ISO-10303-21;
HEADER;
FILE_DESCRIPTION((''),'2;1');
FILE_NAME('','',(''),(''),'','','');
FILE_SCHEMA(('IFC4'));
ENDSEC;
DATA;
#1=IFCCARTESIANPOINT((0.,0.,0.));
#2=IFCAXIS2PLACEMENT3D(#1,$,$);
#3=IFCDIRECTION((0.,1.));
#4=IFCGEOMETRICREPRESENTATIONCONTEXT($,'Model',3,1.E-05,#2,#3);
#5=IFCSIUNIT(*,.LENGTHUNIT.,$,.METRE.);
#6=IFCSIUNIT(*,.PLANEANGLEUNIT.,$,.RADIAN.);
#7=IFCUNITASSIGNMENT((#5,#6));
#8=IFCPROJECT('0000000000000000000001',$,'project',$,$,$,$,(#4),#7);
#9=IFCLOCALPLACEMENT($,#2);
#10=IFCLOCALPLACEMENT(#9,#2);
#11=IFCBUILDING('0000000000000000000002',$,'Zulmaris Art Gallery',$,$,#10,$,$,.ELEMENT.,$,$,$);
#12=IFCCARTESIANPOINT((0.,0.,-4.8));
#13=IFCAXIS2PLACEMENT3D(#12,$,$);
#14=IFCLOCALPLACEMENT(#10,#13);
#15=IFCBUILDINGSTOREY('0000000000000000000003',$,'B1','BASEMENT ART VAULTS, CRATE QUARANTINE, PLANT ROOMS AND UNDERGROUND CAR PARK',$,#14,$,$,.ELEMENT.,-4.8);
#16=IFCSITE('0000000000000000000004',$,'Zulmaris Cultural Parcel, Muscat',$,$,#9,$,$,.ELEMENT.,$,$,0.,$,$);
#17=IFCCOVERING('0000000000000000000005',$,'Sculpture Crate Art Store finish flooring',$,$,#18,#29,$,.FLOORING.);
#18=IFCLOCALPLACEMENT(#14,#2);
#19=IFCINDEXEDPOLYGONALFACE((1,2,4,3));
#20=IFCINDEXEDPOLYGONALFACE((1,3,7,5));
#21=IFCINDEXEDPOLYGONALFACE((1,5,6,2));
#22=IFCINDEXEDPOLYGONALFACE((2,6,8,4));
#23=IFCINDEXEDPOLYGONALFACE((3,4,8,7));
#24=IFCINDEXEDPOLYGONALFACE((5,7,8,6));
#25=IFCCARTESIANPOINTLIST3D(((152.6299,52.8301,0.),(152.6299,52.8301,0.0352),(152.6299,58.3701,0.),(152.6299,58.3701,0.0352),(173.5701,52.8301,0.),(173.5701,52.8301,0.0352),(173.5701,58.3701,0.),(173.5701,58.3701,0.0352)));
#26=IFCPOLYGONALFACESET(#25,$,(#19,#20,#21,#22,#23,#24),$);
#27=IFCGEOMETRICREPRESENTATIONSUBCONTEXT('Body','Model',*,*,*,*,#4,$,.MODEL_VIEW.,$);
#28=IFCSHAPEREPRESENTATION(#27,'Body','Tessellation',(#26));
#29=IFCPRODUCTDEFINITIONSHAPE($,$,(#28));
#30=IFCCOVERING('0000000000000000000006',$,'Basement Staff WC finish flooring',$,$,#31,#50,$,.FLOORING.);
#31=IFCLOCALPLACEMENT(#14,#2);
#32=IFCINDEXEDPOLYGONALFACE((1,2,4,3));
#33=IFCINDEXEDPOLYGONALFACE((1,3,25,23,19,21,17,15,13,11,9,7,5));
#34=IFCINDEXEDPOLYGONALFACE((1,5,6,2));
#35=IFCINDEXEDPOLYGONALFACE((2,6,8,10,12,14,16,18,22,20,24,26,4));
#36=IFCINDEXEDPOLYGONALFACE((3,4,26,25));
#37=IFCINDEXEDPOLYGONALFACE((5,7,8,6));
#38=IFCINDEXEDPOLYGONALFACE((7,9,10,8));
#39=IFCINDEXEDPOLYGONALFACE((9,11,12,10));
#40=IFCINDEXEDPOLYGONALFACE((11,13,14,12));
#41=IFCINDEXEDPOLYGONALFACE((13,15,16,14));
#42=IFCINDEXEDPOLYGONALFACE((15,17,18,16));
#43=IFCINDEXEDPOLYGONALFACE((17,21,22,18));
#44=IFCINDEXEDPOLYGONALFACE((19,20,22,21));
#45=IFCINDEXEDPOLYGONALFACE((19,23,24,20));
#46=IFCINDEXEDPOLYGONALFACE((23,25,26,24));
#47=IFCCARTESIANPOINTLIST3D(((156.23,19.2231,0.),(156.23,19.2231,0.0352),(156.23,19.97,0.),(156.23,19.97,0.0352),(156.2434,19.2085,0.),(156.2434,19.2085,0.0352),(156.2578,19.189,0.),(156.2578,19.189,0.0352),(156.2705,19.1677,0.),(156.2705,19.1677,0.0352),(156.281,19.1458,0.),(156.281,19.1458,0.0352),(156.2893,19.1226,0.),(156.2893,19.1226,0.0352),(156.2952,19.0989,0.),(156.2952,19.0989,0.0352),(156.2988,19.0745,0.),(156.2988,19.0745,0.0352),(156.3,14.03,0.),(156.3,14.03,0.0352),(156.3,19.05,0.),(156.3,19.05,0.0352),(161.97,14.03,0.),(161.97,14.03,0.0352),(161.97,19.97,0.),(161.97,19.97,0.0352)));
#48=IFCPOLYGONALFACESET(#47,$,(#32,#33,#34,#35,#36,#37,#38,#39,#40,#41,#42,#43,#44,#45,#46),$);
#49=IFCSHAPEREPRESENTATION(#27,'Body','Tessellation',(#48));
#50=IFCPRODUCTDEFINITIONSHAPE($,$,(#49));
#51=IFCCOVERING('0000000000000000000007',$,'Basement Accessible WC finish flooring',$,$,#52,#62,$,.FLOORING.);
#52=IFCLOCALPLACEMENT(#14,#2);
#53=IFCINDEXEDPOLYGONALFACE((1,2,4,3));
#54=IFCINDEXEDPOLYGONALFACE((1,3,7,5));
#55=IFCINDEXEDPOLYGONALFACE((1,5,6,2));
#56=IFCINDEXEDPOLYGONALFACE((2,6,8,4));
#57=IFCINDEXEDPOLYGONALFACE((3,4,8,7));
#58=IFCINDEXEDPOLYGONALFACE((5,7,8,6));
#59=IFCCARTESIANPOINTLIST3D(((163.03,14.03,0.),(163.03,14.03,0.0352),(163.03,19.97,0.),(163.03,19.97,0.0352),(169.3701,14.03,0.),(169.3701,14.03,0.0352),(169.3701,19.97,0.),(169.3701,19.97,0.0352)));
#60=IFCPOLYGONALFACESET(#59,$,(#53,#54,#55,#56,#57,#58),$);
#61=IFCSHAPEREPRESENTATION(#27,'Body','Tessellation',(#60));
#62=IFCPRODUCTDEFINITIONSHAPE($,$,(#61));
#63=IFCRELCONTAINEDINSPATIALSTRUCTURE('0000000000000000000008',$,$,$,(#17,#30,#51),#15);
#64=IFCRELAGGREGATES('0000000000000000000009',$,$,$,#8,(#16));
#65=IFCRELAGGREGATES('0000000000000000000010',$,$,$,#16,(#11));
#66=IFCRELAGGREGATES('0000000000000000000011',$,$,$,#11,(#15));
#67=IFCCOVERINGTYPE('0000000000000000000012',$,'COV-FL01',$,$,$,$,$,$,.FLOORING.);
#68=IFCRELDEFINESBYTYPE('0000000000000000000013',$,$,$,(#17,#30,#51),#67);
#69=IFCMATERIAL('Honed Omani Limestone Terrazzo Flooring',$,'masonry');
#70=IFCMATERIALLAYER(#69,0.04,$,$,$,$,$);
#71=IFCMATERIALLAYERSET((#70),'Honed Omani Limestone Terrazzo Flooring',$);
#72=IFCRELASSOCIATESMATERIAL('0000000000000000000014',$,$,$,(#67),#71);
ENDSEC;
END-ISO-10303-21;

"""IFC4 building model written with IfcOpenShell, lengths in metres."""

from ifc_helpers import new_model, si_unit, direction, frame, origin, place, context, subcontext, project, spatial, polyline, outline, extrude, material, layer, layer_set, type_object, element, save


model = new_model("IFC4")

# Units and contexts
model_context = context("Model", 3, precision=1e-05, world=origin(), true_north=direction((0.0, 1.0)))
body_context = subcontext(model_context, "Body", "Model", "MODEL_VIEW")
ifc_project = project(units=[si_unit("LENGTHUNIT", "METRE"), si_unit("PLANEANGLEUNIT", "RADIAN")], contexts=[model_context])

# Site, building, storey
site_placement = place(None, origin())
site = spatial("IfcSite", under=ifc_project, at=site_placement, Name="Zulmaris Cultural Parcel, Muscat", CompositionType="ELEMENT", RefElevation=0.0)
building_placement = place(site_placement, origin())
building = spatial("IfcBuilding", under=site, at=building_placement, Name="Zulmaris Art Gallery", CompositionType="ELEMENT")
storey_placement = place(building_placement, frame((0.0, 0.0, -4.8)))
storey = spatial("IfcBuildingStorey", under=building, at=storey_placement, Name="B1", Description="BASEMENT ART VAULTS, CRATE QUARANTINE, PLANT ROOMS AND UNDERGROUND CAR PARK", CompositionType="ELEMENT", Elevation=-4.8)

# Coverings
ifc_material_1 = material(Name="Honed Omani Limestone Terrazzo Flooring", Category="masonry")
ifc_layer_1 = layer(ifc_material_1, 0.04)
ifc_layer_set_1 = layer_set([ifc_layer_1], Name="Honed Omani Limestone Terrazzo Flooring")
covering_type_1 = type_object("IfcCoveringType", Name="COV-FL01", PredefinedType="FLOORING", material=ifc_layer_set_1)
covering_1_placement = place(storey_placement, origin())
element("IfcCovering", 1, at=covering_1_placement, inside=storey, type_object=covering_type_1, Name="Sculpture Crate Art Store finish flooring", PredefinedType="FLOORING", context=body_context, shape_type="SweptSolid", body=[
    extrude(outline(polyline([(173.5701, 52.8301), (152.6299, 52.8301), (152.6299, 58.3701), (173.5701, 58.3701), (173.5701, 52.8301)])), origin(), (0.0, 0.0, 1.0), 0.0352),
])
covering_2_placement = place(storey_placement, origin())
element("IfcCovering", 2, at=covering_2_placement, inside=storey, type_object=covering_type_1, Name="Basement Staff WC finish flooring", PredefinedType="FLOORING", context=body_context, shape_type="SweptSolid", body=[
    extrude(outline(polyline([(156.23, 19.97), (161.97, 19.97), (161.97, 14.03), (156.3, 14.03), (156.3, 19.05), (156.2988, 19.0745), (156.2952, 19.0989), (156.2893, 19.1226), (156.281, 19.1458), (156.2705, 19.1677), (156.2578, 19.189), (156.2434, 19.2085), (156.23, 19.2231), (156.23, 19.97)])), origin(), (0.0, 0.0, 1.0), 0.0352),
])
covering_3_placement = place(storey_placement, origin())
element("IfcCovering", 3, at=covering_3_placement, inside=storey, type_object=covering_type_1, Name="Basement Accessible WC finish flooring", PredefinedType="FLOORING", context=body_context, shape_type="SweptSolid", body=[
    extrude(outline(polyline([(169.3701, 14.03), (163.03, 14.03), (163.03, 19.97), (169.3701, 19.97), (169.3701, 14.03)])), origin(), (0.0, 0.0, 1.0), 0.0352),
])

save(model, "model.ifc")
